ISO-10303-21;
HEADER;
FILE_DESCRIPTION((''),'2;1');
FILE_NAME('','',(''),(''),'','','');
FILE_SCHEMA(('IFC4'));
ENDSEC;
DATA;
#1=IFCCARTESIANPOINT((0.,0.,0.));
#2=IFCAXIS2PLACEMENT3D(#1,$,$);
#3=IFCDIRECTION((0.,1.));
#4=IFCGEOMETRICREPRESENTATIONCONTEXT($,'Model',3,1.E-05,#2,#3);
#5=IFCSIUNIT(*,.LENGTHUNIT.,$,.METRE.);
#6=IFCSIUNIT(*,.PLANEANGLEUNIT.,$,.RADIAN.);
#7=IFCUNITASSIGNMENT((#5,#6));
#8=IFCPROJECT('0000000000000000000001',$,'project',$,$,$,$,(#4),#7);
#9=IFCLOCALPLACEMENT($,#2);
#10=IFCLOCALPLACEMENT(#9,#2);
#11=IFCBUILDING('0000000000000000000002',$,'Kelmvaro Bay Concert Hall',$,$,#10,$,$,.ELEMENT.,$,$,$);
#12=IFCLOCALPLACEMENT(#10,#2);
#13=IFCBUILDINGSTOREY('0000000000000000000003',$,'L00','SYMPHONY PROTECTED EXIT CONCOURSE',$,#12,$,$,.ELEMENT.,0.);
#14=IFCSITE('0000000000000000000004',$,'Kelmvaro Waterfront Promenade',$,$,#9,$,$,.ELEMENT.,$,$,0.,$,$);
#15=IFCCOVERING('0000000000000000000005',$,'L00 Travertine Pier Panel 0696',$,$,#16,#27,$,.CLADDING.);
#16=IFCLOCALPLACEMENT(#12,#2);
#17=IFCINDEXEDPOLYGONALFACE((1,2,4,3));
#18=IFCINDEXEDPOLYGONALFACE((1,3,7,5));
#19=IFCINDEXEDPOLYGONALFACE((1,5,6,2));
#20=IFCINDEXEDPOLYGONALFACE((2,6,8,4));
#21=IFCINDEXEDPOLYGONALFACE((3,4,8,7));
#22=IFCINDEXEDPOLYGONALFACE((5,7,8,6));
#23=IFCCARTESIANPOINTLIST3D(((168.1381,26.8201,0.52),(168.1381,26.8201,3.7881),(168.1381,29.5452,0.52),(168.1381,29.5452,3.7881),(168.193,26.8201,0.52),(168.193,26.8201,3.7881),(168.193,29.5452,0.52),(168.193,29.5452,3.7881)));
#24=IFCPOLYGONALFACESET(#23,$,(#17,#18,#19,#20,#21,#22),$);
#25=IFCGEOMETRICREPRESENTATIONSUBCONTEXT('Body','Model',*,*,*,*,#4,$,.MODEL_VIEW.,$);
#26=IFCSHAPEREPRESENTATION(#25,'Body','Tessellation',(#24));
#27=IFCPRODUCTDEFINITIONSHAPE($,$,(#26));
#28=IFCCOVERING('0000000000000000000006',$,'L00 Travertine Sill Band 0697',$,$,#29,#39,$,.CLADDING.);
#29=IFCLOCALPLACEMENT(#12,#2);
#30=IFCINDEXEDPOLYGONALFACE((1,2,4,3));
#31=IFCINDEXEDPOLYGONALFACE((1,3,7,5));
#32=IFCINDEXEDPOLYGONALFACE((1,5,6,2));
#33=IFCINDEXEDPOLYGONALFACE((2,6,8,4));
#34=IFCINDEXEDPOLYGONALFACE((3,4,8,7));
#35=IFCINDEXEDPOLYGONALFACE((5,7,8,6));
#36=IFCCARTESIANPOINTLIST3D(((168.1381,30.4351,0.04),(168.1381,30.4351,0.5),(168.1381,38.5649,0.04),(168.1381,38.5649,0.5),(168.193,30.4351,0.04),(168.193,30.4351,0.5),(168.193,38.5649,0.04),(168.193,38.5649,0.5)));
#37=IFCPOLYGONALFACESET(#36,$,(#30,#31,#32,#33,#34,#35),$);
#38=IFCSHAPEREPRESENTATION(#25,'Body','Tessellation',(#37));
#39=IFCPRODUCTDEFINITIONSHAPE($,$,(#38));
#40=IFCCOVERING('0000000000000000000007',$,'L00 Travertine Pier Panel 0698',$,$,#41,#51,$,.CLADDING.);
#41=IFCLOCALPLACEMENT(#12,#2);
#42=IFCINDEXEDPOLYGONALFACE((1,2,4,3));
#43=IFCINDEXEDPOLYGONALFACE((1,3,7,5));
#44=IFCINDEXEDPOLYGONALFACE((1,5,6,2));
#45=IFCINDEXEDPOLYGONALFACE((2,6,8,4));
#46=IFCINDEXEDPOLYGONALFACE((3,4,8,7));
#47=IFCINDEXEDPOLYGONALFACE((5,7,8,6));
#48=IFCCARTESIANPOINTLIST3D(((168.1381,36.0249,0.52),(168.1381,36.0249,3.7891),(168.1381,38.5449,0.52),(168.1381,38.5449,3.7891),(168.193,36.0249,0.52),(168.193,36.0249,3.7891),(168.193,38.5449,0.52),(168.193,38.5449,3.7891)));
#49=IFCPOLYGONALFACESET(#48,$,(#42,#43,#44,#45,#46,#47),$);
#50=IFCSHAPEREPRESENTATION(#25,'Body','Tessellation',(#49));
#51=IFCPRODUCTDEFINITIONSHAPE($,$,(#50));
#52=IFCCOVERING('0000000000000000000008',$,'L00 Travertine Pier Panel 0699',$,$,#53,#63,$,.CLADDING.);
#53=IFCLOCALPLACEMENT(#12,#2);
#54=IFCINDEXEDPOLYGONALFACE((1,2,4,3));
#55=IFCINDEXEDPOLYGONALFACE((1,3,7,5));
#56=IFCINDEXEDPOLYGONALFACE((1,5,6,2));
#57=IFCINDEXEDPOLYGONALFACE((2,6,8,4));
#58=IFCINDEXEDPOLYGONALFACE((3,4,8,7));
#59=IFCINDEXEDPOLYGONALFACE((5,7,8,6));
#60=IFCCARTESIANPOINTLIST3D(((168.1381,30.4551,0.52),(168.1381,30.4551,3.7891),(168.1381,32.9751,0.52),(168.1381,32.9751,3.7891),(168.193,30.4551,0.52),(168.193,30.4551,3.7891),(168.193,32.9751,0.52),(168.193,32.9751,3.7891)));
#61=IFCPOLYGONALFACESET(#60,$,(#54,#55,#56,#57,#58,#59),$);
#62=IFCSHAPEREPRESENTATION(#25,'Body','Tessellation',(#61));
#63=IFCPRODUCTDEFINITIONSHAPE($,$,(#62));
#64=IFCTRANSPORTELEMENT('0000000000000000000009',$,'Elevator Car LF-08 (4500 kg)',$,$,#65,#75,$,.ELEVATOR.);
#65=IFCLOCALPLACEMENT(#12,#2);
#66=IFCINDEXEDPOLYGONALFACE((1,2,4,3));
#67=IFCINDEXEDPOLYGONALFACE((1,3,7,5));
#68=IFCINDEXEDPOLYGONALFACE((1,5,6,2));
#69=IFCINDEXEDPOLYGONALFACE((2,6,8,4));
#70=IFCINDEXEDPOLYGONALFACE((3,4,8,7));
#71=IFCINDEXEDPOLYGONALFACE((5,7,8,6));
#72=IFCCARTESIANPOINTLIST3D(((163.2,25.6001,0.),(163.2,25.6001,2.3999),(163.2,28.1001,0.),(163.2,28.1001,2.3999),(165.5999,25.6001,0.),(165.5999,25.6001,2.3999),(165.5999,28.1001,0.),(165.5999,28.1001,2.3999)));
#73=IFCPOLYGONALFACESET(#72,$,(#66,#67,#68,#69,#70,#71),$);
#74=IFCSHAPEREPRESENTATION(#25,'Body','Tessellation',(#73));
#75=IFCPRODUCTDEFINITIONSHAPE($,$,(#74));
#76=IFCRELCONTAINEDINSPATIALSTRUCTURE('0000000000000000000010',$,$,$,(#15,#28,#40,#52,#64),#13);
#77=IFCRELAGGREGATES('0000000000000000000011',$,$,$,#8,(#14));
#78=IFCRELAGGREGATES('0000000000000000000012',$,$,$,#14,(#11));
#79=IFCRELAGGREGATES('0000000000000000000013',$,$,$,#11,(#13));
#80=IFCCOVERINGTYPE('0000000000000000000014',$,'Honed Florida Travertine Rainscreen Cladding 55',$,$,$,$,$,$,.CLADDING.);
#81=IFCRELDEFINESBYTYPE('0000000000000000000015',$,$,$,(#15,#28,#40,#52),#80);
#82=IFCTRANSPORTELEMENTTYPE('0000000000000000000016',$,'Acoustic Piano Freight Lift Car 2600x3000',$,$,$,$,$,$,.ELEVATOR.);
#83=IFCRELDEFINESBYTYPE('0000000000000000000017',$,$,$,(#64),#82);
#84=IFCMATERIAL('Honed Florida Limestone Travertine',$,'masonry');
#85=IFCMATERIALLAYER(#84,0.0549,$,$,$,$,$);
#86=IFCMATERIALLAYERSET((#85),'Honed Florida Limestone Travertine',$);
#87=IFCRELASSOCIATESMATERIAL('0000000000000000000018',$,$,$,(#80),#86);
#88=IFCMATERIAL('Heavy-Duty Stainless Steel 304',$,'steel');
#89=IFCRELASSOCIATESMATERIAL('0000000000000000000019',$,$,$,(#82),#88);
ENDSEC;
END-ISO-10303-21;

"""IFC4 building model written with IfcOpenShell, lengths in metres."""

from ifc_helpers import new_model, si_unit, direction, frame, origin, origin_2d, place, context, subcontext, project, spatial, rectangle, extrude, material, layer, layer_set, type_object, element, save


model = new_model("IFC4")

# Units and contexts
model_context = context("Model", 3, precision=1e-05, world=origin(), true_north=direction((0.0, 1.0)))
body_context = subcontext(model_context, "Body", "Model", "MODEL_VIEW")
ifc_project = project(units=[si_unit("LENGTHUNIT", "METRE"), si_unit("PLANEANGLEUNIT", "RADIAN")], contexts=[model_context])

# Site, building, storey
site_placement = place(None, origin())
site = spatial("IfcSite", under=ifc_project, at=site_placement, Name="Kelmvaro Waterfront Promenade", CompositionType="ELEMENT", RefElevation=0.0)
building_placement = place(site_placement, origin())
building = spatial("IfcBuilding", under=site, at=building_placement, Name="Kelmvaro Bay Concert Hall", CompositionType="ELEMENT")
storey_placement = place(building_placement, origin())
storey = spatial("IfcBuildingStorey", under=building, at=storey_placement, Name="L00", Description="SYMPHONY PROTECTED EXIT CONCOURSE", CompositionType="ELEMENT", Elevation=0.0)

# Coverings
ifc_material_1 = material(Name="Honed Florida Limestone Travertine", Category="masonry")
ifc_layer_1 = layer(ifc_material_1, 0.0549)
ifc_layer_set_1 = layer_set([ifc_layer_1], Name="Honed Florida Limestone Travertine")
covering_type = type_object("IfcCoveringType", Name="Honed Florida Travertine Rainscreen Cladding 55", PredefinedType="CLADDING", material=ifc_layer_set_1)
covering_1_placement = place(storey_placement, frame((168.1655, 28.1826, 0.52), z_axis=(0.0, 0.0, 1.0), x_axis=(0.0, -1.0, 0.0)))
element("IfcCovering", 1, at=covering_1_placement, inside=storey, type_object=covering_type, Name="L00 Travertine Pier Panel 0696", PredefinedType="CLADDING", context=body_context, shape_type="SweptSolid", body=[
    extrude(rectangle(XDim=2.7251, YDim=0.0549, at=origin_2d()), origin(), (0.0, 0.0, 1.0), 3.2681),
])
covering_2_placement = place(storey_placement, frame((168.1655, 34.5, 0.04), z_axis=(0.0, 0.0, 1.0), x_axis=(0.0, -1.0, 0.0)))
element("IfcCovering", 2, at=covering_2_placement, inside=storey, type_object=covering_type, Name="L00 Travertine Sill Band 0697", PredefinedType="CLADDING", context=body_context, shape_type="SweptSolid", body=[
    extrude(rectangle(XDim=8.1299, YDim=0.0549, at=origin_2d()), origin(), (0.0, 0.0, 1.0), 0.46),
])
for number, where, z_axis, x_axis, name in (
    (3, (168.1655, 37.2849, 0.52), (0.0, 0.0, 1.0), (0.0, -1.0, 0.0), "L00 Travertine Pier Panel 0698"),
    (4, (168.1655, 31.7151, 0.52), (0.0, 0.0, 1.0), (0.0, -1.0, 0.0), "L00 Travertine Pier Panel 0699"),
):
    element("IfcCovering", number, at=place(storey_placement, frame(where, z_axis=z_axis, x_axis=x_axis)), inside=storey, type_object=covering_type, Name=name, PredefinedType="CLADDING", context=body_context, shape_type="SweptSolid", body=[
        extrude(rectangle(XDim=2.52, YDim=0.0549, at=origin_2d()), origin(), (0.0, 0.0, 1.0), 3.269),
    ])

# Transport element
ifc_material_2 = material(Name="Heavy-Duty Stainless Steel 304", Category="steel")
transport_element_type = type_object("IfcTransportElementType", Name="Acoustic Piano Freight Lift Car 2600x3000", PredefinedType="ELEVATOR", material=ifc_material_2)
transport_element_placement = place(storey_placement, frame((164.3999, 26.8501, 0.0), z_axis=(0.0, 0.0, 1.0), x_axis=(1.0, 0.0, 0.0)))
element("IfcTransportElement", 5, at=transport_element_placement, inside=storey, type_object=transport_element_type, Name="Elevator Car LF-08 (4500 kg)", PredefinedType="ELEVATOR", context=body_context, shape_type="SweptSolid", body=[
    extrude(rectangle(XDim=2.3999, YDim=2.5, at=origin_2d()), origin(), (0.0, 0.0, 1.0), 2.3999),
])

save(model, "model.ifc")
